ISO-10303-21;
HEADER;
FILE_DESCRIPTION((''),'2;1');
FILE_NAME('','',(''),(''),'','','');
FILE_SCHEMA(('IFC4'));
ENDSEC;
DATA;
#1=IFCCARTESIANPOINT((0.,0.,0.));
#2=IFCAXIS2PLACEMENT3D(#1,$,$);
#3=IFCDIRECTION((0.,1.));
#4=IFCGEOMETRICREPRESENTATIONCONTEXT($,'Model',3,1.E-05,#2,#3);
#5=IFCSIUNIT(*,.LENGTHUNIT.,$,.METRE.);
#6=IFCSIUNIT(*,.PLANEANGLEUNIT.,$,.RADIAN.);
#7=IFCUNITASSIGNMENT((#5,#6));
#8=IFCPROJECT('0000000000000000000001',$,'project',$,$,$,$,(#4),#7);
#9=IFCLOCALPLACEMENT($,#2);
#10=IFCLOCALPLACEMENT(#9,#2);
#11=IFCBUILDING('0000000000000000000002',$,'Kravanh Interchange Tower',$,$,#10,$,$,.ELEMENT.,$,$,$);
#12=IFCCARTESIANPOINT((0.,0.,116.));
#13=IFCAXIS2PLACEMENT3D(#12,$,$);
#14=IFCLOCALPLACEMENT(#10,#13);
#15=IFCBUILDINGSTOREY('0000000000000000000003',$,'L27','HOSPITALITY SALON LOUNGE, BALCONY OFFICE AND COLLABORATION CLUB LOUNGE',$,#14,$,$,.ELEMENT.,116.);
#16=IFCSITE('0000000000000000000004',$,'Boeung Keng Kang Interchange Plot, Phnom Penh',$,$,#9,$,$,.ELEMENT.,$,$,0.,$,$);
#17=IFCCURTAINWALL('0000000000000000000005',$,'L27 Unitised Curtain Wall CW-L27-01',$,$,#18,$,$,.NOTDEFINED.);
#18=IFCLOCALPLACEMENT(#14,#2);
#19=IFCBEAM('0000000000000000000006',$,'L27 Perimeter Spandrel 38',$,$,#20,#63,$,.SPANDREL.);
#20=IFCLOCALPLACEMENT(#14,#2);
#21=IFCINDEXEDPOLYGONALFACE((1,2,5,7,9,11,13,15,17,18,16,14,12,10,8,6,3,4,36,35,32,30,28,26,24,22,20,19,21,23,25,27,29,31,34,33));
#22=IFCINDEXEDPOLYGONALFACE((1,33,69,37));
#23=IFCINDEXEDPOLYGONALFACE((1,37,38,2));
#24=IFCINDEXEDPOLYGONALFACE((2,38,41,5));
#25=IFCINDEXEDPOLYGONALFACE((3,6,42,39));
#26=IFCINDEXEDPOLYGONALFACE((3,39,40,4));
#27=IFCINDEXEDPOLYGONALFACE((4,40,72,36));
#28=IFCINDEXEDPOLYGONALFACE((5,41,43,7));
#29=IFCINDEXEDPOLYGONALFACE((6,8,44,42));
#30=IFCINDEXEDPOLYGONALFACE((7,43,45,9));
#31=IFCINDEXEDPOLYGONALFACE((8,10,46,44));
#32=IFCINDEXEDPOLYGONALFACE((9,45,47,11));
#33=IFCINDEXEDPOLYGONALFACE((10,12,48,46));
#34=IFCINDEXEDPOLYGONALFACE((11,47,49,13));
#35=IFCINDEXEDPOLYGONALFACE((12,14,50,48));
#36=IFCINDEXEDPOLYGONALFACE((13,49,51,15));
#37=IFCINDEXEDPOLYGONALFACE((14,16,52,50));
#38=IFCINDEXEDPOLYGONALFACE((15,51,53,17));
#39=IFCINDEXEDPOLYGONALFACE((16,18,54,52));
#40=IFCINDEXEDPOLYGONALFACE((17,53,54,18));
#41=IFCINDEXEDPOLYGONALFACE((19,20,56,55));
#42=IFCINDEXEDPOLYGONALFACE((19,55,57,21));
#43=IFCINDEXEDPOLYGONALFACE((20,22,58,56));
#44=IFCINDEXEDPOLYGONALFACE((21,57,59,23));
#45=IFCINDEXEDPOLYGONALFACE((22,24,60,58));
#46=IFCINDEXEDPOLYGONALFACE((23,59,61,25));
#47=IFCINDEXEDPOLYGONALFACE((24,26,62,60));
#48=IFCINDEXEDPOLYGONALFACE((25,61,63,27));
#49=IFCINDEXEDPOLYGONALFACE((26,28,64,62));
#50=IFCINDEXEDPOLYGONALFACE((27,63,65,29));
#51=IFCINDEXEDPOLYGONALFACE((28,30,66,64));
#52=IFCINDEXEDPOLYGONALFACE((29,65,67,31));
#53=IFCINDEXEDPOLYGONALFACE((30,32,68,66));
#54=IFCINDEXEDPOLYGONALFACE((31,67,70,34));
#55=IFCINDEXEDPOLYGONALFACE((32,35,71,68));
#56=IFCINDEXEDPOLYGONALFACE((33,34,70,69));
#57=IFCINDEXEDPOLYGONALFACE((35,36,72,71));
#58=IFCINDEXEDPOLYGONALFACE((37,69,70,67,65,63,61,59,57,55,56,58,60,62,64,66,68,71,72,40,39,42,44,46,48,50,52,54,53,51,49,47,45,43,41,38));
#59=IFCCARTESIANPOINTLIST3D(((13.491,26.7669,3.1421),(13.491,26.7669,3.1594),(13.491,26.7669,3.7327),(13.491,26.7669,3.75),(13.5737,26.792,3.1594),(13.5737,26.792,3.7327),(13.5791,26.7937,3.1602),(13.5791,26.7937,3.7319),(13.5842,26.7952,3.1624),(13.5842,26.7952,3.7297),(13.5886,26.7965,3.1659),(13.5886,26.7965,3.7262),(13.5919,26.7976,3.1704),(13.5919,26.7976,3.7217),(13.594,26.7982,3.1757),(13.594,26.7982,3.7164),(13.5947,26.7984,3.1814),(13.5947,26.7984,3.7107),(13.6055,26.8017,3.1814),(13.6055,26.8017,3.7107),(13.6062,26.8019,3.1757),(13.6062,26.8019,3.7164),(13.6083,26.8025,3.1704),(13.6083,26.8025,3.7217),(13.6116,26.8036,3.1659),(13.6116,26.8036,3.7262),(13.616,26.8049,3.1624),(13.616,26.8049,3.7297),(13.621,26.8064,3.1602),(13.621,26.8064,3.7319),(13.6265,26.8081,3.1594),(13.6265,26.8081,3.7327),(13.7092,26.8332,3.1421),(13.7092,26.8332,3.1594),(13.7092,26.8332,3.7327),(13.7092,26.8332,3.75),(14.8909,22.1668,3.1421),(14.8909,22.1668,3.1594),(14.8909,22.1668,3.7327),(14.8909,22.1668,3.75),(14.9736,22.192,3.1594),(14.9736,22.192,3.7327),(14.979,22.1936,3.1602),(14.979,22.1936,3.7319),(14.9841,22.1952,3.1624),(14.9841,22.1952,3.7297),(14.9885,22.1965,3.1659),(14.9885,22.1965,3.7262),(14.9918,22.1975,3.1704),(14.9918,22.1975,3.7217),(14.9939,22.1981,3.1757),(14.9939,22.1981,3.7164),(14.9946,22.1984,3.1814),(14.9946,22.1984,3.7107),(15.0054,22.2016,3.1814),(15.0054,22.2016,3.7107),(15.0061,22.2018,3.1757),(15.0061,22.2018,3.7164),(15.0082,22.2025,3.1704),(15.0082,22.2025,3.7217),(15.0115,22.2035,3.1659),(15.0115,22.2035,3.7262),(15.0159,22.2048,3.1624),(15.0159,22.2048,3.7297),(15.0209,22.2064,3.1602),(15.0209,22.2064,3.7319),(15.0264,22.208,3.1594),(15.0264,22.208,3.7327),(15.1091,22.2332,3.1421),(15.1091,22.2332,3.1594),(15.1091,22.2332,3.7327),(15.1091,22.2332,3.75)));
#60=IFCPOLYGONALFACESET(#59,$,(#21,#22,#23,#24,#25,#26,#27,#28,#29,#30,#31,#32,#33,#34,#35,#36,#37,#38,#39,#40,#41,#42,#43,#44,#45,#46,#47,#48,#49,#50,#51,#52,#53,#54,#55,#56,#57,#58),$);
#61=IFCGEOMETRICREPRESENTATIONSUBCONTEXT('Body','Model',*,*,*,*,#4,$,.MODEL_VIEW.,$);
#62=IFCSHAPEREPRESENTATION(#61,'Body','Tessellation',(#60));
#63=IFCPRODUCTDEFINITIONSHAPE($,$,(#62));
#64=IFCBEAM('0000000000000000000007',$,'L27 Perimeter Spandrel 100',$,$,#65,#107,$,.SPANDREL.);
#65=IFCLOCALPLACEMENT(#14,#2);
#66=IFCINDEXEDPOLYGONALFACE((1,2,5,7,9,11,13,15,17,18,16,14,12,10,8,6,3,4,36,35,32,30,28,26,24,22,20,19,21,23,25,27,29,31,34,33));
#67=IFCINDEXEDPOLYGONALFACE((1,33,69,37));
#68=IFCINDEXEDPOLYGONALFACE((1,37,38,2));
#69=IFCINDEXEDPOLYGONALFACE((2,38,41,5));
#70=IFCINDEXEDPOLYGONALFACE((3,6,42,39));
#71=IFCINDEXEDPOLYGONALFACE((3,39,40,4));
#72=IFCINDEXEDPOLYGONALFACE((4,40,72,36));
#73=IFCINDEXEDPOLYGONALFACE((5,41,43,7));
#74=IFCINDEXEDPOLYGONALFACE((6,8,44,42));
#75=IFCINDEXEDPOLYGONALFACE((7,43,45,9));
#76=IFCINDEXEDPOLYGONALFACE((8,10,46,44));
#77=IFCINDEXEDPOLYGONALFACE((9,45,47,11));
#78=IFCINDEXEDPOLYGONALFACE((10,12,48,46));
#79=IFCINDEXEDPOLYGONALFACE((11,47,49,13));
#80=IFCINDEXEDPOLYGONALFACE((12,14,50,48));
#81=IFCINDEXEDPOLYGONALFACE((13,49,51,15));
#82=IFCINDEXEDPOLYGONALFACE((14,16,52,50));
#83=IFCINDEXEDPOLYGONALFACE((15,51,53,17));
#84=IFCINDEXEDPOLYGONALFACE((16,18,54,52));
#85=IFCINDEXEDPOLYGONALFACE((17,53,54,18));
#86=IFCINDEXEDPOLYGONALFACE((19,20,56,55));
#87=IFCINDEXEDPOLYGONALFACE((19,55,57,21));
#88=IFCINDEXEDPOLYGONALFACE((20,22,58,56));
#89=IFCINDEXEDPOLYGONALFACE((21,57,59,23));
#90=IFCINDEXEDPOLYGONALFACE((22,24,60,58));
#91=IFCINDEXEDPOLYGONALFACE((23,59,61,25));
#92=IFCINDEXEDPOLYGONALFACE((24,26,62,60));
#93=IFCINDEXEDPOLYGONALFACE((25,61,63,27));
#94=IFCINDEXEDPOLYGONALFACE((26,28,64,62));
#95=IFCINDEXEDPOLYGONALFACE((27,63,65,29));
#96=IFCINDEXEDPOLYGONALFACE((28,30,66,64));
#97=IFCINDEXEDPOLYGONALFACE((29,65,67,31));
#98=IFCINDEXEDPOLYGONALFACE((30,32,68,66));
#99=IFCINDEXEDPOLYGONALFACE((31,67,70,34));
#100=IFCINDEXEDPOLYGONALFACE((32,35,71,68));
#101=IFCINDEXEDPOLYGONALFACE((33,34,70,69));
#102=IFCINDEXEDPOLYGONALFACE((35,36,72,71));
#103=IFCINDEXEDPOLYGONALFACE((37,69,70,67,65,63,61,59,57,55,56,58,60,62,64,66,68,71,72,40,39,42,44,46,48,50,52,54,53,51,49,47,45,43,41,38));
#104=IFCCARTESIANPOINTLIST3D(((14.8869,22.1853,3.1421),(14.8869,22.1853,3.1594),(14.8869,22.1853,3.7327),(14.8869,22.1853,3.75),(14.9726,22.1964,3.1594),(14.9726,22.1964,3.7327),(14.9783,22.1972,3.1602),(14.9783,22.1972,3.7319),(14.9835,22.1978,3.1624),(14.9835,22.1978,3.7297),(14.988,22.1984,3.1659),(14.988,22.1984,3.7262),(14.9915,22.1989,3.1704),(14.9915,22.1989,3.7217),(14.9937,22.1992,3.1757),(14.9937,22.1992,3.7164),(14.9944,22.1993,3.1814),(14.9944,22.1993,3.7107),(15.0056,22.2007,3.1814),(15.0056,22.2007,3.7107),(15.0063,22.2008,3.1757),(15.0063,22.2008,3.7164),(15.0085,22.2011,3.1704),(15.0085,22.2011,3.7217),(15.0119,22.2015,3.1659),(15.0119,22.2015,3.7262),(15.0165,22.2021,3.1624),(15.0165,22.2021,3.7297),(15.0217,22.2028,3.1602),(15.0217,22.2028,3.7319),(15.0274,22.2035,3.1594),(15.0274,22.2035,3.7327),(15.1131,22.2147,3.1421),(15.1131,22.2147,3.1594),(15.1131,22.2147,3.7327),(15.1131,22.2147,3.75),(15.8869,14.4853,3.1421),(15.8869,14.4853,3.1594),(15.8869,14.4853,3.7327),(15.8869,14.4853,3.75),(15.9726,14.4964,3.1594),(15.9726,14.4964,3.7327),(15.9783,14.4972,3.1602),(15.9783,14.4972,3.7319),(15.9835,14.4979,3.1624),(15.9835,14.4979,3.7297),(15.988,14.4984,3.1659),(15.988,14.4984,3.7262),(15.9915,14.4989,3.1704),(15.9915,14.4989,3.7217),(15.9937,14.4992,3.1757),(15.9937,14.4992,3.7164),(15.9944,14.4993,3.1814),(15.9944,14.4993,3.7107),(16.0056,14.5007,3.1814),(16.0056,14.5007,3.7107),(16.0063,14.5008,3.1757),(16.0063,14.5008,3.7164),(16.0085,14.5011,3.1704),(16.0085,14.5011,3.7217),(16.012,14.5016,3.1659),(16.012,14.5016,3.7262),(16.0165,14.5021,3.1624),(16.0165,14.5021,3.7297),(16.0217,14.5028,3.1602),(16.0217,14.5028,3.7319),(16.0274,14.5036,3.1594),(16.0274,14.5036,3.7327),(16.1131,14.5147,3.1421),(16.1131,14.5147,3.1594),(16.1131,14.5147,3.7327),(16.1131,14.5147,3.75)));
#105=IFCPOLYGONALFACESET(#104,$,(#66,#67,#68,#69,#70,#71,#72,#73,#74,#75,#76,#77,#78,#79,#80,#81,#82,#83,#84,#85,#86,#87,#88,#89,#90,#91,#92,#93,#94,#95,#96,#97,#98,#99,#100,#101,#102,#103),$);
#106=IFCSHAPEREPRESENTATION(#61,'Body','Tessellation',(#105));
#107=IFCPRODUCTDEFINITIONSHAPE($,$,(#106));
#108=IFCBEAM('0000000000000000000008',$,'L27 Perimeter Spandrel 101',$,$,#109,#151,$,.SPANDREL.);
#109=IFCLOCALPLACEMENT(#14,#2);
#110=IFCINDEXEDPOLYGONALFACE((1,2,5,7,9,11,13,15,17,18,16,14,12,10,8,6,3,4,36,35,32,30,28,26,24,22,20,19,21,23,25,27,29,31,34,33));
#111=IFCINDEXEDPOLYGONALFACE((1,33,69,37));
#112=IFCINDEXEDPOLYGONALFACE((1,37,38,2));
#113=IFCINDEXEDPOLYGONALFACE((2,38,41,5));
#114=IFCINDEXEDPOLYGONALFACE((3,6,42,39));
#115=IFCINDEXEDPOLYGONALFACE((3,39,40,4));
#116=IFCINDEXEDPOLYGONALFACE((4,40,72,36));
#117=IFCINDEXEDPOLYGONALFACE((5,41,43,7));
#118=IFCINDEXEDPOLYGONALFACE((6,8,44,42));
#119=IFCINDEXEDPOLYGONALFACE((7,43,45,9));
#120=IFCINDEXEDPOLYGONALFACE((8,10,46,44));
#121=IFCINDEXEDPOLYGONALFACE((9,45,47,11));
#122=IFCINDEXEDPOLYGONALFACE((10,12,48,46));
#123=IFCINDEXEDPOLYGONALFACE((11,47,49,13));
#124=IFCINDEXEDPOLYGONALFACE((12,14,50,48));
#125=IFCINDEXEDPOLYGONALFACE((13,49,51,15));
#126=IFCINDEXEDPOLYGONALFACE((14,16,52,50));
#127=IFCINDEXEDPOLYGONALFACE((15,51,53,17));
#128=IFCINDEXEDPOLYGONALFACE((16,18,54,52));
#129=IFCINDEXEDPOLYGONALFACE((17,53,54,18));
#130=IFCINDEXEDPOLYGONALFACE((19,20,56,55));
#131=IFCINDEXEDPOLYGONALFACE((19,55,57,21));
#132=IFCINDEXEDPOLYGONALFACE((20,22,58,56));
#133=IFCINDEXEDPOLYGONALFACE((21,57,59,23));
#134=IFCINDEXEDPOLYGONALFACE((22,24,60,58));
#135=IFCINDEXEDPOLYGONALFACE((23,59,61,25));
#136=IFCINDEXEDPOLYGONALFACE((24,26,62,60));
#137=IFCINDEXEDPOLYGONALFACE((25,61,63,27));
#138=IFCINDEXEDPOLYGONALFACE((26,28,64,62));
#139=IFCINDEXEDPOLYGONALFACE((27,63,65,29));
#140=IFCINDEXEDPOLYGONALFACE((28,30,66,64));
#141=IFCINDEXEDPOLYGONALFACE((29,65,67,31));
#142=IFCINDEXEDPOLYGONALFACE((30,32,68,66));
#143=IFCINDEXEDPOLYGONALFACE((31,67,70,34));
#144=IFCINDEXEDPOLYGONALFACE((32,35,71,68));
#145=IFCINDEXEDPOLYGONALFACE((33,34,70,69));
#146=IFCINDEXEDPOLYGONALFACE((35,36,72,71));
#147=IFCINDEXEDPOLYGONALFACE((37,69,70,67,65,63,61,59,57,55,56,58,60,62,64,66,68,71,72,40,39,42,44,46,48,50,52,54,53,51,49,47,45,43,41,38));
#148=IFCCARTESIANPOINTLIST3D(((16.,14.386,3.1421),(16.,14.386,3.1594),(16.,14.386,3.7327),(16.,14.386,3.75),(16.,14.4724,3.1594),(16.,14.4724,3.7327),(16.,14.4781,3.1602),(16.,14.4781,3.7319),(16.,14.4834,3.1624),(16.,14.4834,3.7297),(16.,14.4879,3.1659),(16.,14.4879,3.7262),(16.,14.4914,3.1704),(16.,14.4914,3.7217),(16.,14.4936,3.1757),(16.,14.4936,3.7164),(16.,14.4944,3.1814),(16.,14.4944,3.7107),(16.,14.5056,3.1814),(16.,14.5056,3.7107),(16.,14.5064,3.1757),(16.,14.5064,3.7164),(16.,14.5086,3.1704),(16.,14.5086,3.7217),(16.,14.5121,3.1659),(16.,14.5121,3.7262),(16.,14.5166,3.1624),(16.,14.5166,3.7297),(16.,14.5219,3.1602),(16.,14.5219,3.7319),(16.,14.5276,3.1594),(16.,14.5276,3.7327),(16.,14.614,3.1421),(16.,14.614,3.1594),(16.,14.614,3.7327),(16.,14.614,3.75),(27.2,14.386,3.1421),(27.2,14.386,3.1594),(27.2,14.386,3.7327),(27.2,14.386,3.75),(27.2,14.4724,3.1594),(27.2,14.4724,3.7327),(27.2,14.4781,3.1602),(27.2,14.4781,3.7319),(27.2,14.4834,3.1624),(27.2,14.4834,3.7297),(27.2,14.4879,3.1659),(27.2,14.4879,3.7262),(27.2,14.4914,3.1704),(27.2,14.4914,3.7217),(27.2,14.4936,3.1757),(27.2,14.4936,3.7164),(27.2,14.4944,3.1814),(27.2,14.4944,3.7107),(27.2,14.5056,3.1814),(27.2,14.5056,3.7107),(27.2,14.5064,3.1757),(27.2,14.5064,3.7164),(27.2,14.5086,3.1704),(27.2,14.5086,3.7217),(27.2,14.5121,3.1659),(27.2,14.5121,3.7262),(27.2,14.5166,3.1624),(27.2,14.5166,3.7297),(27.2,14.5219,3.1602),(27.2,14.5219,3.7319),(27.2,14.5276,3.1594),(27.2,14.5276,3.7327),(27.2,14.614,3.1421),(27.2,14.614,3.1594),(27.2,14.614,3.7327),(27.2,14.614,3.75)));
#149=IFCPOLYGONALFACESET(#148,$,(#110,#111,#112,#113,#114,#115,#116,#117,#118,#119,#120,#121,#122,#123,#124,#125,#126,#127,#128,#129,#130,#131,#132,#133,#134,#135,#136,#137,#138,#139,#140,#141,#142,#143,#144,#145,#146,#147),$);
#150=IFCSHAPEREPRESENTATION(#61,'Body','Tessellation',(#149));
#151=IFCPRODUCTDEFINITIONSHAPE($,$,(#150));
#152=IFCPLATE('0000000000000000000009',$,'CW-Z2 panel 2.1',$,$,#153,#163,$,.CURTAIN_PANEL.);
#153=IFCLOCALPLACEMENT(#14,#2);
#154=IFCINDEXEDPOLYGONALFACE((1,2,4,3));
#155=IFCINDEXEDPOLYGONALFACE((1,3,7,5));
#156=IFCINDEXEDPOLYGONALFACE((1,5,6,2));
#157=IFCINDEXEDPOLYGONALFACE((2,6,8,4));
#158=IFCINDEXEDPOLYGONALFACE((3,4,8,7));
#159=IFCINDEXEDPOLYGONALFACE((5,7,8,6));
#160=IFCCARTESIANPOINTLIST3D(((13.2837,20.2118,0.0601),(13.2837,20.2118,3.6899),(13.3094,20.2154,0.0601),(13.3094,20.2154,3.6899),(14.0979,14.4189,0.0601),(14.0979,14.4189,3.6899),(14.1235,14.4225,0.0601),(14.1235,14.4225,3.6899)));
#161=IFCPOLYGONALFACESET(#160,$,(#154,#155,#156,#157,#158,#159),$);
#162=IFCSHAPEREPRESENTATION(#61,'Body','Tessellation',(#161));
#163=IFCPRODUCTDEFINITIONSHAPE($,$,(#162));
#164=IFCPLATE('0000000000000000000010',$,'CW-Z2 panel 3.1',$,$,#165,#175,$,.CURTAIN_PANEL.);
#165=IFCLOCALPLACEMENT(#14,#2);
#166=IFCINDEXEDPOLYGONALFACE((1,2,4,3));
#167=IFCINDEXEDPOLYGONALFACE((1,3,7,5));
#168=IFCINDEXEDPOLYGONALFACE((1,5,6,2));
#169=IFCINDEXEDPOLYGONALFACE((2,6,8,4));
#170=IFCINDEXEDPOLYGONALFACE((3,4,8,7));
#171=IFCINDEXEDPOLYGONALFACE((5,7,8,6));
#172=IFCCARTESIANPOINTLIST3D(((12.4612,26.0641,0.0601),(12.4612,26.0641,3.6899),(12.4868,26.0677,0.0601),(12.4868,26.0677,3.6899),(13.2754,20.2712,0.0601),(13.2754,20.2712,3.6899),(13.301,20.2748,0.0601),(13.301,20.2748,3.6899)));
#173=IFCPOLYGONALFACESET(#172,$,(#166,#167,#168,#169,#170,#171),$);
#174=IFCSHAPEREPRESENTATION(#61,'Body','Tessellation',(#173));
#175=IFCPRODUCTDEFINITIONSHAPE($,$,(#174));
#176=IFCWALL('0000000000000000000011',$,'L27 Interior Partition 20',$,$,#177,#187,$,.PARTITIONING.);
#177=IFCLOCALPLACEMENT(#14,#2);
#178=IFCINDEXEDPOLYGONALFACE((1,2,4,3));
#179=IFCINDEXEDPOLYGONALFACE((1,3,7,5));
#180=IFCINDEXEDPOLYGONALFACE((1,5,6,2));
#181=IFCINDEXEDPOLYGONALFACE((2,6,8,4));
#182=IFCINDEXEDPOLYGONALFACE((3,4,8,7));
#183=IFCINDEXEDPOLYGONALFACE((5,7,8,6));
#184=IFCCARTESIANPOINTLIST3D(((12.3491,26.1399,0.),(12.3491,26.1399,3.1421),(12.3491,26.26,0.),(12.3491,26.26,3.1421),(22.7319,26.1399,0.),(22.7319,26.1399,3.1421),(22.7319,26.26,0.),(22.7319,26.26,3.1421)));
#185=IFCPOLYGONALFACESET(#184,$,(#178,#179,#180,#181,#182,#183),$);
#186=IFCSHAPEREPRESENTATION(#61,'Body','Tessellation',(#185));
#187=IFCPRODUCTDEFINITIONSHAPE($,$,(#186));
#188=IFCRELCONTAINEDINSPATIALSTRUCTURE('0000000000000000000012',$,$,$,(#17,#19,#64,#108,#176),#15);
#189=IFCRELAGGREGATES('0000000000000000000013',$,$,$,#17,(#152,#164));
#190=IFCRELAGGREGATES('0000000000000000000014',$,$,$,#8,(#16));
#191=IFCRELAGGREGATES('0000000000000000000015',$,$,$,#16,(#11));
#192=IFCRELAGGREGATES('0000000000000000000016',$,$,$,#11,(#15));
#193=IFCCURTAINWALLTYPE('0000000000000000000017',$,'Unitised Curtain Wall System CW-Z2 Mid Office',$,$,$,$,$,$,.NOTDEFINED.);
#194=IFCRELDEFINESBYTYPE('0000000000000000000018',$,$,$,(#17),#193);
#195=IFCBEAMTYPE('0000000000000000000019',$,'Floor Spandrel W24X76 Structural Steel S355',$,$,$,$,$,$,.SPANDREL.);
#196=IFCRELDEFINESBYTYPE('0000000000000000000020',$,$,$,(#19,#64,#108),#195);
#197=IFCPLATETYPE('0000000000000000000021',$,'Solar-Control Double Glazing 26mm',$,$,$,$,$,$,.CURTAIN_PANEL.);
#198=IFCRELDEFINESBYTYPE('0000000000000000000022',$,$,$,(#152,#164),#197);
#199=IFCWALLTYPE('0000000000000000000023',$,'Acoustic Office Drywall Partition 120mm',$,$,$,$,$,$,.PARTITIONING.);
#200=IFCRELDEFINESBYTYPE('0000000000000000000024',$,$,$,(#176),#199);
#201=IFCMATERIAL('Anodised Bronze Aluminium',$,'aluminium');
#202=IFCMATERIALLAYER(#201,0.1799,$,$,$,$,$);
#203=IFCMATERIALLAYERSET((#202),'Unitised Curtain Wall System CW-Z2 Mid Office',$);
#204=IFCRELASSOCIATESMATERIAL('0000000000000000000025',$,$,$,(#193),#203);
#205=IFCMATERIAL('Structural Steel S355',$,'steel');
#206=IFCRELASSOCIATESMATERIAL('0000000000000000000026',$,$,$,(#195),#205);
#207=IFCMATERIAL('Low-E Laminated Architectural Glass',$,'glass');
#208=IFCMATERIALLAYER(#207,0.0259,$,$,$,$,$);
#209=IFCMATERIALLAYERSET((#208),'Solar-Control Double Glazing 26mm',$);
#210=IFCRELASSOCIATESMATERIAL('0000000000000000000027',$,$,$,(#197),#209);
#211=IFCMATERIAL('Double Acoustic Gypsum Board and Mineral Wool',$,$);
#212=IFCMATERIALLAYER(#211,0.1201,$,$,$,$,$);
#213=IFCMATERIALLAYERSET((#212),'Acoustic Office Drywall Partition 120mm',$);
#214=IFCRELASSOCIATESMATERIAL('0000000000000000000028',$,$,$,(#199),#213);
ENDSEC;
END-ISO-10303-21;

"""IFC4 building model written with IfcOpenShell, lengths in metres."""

from ifc_helpers import new_model, si_unit, direction, frame, frame_2d, origin, origin_2d, place, context, subcontext, project, spatial, rectangle, i_section, extrude, material, layer, layer_set, material_profile, profile_set, type_object, element, aggregate, save


model = new_model("IFC4")

# Units and contexts
model_context = context("Model", 3, precision=1e-05, world=origin(), true_north=direction((0.0, 1.0)))
body_context = subcontext(model_context, "Body", "Model", "MODEL_VIEW")
ifc_project = project(units=[si_unit("LENGTHUNIT", "METRE"), si_unit("PLANEANGLEUNIT", "RADIAN")], contexts=[model_context])

# Site, building, storey
site_placement = place(None, origin())
site = spatial("IfcSite", under=ifc_project, at=site_placement, Name="Boeung Keng Kang Interchange Plot, Phnom Penh", CompositionType="ELEMENT", RefElevation=0.0)
building_placement = place(site_placement, origin())
building = spatial("IfcBuilding", under=site, at=building_placement, Name="Kravanh Interchange Tower", CompositionType="ELEMENT")
storey_placement = place(building_placement, frame((0.0, 0.0, 116.0)))
storey = spatial("IfcBuildingStorey", under=building, at=storey_placement, Name="L27", Description="HOSPITALITY SALON LOUNGE, BALCONY OFFICE AND COLLABORATION CLUB LOUNGE", CompositionType="ELEMENT", Elevation=116.0)

# Curtain wall
ifc_material_1 = material(Name="Anodised Bronze Aluminium", Category="aluminium")
ifc_layer_1 = layer(ifc_material_1, 0.1799)
ifc_layer_set_1 = layer_set([ifc_layer_1], Name="Unitised Curtain Wall System CW-Z2 Mid Office")
curtain_wall_type = type_object("IfcCurtainWallType", Name="Unitised Curtain Wall System CW-Z2 Mid Office", PredefinedType="NOTDEFINED", material=ifc_layer_set_1)
curtain_wall_placement = place(storey_placement, origin())
curtain_wall = element("IfcCurtainWall", 1, at=curtain_wall_placement, inside=storey, type_object=curtain_wall_type, Name="L27 Unitised Curtain Wall CW-L27-01", PredefinedType="NOTDEFINED")

# Beams
ifc_material_2 = material(Name="Structural Steel S355", Category="steel")
ifc_material_profile_1 = material_profile(ifc_material_2, i_section(OverallWidth=0.228, OverallDepth=0.6079, WebThickness=0.0112, FlangeThickness=0.0173, FilletRadius=0.022, at=origin_2d()), Name="W24X76")
ifc_profile_set_1 = profile_set([ifc_material_profile_1], Name="Structural Steel S355")
beam_type_1 = type_object("IfcBeamType", Name="Floor Spandrel W24X76 Structural Steel S355", PredefinedType="SPANDREL", material=ifc_profile_set_1)
beam_1_placement = place(storey_placement, frame((13.6001, 26.8, 3.446), z_axis=(0.291137, -0.956681, 0.0), x_axis=(0.956681, 0.291137, 0.0)))
element("IfcBeam", 2, at=beam_1_placement, inside=storey, type_object=beam_type_1, Name="L27 Perimeter Spandrel 38", PredefinedType="SPANDREL", context=body_context, shape_type="SweptSolid", body=[
    extrude(i_section(OverallWidth=0.228, OverallDepth=0.6079, WebThickness=0.0112, FlangeThickness=0.0173, FilletRadius=0.022, at=origin_2d()), origin(), (0.0, 0.0, 1.0), 4.8083),
])
beam_2_placement = place(storey_placement, frame((16.0, 14.5, 3.446), z_axis=(-0.128789, 0.991672, 0.0), x_axis=(-0.991672, -0.128789, 0.0)))
element("IfcBeam", 3, at=beam_2_placement, inside=storey, type_object=beam_type_1, Name="L27 Perimeter Spandrel 100", PredefinedType="SPANDREL", context=body_context, shape_type="SweptSolid", body=[
    extrude(i_section(OverallWidth=0.228, OverallDepth=0.6079, WebThickness=0.0112, FlangeThickness=0.0173, FilletRadius=0.022, at=origin_2d()), origin(), (0.0, 0.0, 1.0), 7.7646),
])
beam_3_placement = place(storey_placement, frame((16.0, 14.5, 3.446), z_axis=(1.0, 0.0, 0.0), x_axis=(0.0, 1.0, 0.0)))
element("IfcBeam", 4, at=beam_3_placement, inside=storey, type_object=beam_type_1, Name="L27 Perimeter Spandrel 101", PredefinedType="SPANDREL", context=body_context, shape_type="SweptSolid", body=[
    extrude(i_section(OverallWidth=0.228, OverallDepth=0.6079, WebThickness=0.0112, FlangeThickness=0.0173, FilletRadius=0.022, at=origin_2d()), origin(), (0.0, 0.0, 1.0), 11.2),
])

# Plates
ifc_material_3 = material(Name="Low-E Laminated Architectural Glass", Category="glass")
ifc_layer_2 = layer(ifc_material_3, 0.0259)
ifc_layer_set_2 = layer_set([ifc_layer_2], Name="Solar-Control Double Glazing 26mm")
plate_type = type_object("IfcPlateType", Name="Solar-Control Double Glazing 26mm", PredefinedType="CURTAIN_PANEL", material=ifc_layer_set_2)
plate_1_placement = place(storey_placement, frame((13.7036, 17.3171, 0.0601), z_axis=(0.0, 0.0, 1.0), x_axis=(-0.139173, 0.990268, 0.0)))
plate_1 = element("IfcPlate", 5, at=plate_1_placement, type_object=plate_type, Name="CW-Z2 panel 2.1", PredefinedType="CURTAIN_PANEL", context=body_context, shape_type="SweptSolid", body=[
    extrude(rectangle(XDim=5.8499, YDim=0.0259, at=origin_2d()), origin(), (0.0, 0.0, 1.0), 3.6299),
])
plate_2_placement = place(storey_placement, frame((12.8811, 23.1694, 0.0601), z_axis=(0.0, 0.0, 1.0), x_axis=(-0.139173, 0.990268, 0.0)))
plate_2 = element("IfcPlate", 6, at=plate_2_placement, type_object=plate_type, Name="CW-Z2 panel 3.1", PredefinedType="CURTAIN_PANEL", context=body_context, shape_type="SweptSolid", body=[
    extrude(rectangle(XDim=5.8499, YDim=0.0259, at=origin_2d()), origin(), (0.0, 0.0, 1.0), 3.6299),
])
aggregate(curtain_wall, [plate_1, plate_2])

# Wall
ifc_material_4 = material(Name="Double Acoustic Gypsum Board and Mineral Wool")
ifc_layer_3 = layer(ifc_material_4, 0.1201)
ifc_layer_set_3 = layer_set([ifc_layer_3], Name="Acoustic Office Drywall Partition 120mm")
wall_type = type_object("IfcWallType", Name="Acoustic Office Drywall Partition 120mm", PredefinedType="PARTITIONING", material=ifc_layer_set_3)
wall_placement = place(storey_placement, frame((12.3491, 26.2, 0.0), z_axis=(0.0, 0.0, 1.0), x_axis=(1.0, 0.0, 0.0)))
element("IfcWall", 7, at=wall_placement, inside=storey, type_object=wall_type, Name="L27 Interior Partition 20", PredefinedType="PARTITIONING", context=body_context, shape_type="SweptSolid", body=[
    extrude(rectangle(XDim=10.3828, YDim=0.1201, at=frame_2d((5.1914, 0.0))), origin(), (0.0, 0.0, 1.0), 3.1421),
])

save(model, "model.ifc")
